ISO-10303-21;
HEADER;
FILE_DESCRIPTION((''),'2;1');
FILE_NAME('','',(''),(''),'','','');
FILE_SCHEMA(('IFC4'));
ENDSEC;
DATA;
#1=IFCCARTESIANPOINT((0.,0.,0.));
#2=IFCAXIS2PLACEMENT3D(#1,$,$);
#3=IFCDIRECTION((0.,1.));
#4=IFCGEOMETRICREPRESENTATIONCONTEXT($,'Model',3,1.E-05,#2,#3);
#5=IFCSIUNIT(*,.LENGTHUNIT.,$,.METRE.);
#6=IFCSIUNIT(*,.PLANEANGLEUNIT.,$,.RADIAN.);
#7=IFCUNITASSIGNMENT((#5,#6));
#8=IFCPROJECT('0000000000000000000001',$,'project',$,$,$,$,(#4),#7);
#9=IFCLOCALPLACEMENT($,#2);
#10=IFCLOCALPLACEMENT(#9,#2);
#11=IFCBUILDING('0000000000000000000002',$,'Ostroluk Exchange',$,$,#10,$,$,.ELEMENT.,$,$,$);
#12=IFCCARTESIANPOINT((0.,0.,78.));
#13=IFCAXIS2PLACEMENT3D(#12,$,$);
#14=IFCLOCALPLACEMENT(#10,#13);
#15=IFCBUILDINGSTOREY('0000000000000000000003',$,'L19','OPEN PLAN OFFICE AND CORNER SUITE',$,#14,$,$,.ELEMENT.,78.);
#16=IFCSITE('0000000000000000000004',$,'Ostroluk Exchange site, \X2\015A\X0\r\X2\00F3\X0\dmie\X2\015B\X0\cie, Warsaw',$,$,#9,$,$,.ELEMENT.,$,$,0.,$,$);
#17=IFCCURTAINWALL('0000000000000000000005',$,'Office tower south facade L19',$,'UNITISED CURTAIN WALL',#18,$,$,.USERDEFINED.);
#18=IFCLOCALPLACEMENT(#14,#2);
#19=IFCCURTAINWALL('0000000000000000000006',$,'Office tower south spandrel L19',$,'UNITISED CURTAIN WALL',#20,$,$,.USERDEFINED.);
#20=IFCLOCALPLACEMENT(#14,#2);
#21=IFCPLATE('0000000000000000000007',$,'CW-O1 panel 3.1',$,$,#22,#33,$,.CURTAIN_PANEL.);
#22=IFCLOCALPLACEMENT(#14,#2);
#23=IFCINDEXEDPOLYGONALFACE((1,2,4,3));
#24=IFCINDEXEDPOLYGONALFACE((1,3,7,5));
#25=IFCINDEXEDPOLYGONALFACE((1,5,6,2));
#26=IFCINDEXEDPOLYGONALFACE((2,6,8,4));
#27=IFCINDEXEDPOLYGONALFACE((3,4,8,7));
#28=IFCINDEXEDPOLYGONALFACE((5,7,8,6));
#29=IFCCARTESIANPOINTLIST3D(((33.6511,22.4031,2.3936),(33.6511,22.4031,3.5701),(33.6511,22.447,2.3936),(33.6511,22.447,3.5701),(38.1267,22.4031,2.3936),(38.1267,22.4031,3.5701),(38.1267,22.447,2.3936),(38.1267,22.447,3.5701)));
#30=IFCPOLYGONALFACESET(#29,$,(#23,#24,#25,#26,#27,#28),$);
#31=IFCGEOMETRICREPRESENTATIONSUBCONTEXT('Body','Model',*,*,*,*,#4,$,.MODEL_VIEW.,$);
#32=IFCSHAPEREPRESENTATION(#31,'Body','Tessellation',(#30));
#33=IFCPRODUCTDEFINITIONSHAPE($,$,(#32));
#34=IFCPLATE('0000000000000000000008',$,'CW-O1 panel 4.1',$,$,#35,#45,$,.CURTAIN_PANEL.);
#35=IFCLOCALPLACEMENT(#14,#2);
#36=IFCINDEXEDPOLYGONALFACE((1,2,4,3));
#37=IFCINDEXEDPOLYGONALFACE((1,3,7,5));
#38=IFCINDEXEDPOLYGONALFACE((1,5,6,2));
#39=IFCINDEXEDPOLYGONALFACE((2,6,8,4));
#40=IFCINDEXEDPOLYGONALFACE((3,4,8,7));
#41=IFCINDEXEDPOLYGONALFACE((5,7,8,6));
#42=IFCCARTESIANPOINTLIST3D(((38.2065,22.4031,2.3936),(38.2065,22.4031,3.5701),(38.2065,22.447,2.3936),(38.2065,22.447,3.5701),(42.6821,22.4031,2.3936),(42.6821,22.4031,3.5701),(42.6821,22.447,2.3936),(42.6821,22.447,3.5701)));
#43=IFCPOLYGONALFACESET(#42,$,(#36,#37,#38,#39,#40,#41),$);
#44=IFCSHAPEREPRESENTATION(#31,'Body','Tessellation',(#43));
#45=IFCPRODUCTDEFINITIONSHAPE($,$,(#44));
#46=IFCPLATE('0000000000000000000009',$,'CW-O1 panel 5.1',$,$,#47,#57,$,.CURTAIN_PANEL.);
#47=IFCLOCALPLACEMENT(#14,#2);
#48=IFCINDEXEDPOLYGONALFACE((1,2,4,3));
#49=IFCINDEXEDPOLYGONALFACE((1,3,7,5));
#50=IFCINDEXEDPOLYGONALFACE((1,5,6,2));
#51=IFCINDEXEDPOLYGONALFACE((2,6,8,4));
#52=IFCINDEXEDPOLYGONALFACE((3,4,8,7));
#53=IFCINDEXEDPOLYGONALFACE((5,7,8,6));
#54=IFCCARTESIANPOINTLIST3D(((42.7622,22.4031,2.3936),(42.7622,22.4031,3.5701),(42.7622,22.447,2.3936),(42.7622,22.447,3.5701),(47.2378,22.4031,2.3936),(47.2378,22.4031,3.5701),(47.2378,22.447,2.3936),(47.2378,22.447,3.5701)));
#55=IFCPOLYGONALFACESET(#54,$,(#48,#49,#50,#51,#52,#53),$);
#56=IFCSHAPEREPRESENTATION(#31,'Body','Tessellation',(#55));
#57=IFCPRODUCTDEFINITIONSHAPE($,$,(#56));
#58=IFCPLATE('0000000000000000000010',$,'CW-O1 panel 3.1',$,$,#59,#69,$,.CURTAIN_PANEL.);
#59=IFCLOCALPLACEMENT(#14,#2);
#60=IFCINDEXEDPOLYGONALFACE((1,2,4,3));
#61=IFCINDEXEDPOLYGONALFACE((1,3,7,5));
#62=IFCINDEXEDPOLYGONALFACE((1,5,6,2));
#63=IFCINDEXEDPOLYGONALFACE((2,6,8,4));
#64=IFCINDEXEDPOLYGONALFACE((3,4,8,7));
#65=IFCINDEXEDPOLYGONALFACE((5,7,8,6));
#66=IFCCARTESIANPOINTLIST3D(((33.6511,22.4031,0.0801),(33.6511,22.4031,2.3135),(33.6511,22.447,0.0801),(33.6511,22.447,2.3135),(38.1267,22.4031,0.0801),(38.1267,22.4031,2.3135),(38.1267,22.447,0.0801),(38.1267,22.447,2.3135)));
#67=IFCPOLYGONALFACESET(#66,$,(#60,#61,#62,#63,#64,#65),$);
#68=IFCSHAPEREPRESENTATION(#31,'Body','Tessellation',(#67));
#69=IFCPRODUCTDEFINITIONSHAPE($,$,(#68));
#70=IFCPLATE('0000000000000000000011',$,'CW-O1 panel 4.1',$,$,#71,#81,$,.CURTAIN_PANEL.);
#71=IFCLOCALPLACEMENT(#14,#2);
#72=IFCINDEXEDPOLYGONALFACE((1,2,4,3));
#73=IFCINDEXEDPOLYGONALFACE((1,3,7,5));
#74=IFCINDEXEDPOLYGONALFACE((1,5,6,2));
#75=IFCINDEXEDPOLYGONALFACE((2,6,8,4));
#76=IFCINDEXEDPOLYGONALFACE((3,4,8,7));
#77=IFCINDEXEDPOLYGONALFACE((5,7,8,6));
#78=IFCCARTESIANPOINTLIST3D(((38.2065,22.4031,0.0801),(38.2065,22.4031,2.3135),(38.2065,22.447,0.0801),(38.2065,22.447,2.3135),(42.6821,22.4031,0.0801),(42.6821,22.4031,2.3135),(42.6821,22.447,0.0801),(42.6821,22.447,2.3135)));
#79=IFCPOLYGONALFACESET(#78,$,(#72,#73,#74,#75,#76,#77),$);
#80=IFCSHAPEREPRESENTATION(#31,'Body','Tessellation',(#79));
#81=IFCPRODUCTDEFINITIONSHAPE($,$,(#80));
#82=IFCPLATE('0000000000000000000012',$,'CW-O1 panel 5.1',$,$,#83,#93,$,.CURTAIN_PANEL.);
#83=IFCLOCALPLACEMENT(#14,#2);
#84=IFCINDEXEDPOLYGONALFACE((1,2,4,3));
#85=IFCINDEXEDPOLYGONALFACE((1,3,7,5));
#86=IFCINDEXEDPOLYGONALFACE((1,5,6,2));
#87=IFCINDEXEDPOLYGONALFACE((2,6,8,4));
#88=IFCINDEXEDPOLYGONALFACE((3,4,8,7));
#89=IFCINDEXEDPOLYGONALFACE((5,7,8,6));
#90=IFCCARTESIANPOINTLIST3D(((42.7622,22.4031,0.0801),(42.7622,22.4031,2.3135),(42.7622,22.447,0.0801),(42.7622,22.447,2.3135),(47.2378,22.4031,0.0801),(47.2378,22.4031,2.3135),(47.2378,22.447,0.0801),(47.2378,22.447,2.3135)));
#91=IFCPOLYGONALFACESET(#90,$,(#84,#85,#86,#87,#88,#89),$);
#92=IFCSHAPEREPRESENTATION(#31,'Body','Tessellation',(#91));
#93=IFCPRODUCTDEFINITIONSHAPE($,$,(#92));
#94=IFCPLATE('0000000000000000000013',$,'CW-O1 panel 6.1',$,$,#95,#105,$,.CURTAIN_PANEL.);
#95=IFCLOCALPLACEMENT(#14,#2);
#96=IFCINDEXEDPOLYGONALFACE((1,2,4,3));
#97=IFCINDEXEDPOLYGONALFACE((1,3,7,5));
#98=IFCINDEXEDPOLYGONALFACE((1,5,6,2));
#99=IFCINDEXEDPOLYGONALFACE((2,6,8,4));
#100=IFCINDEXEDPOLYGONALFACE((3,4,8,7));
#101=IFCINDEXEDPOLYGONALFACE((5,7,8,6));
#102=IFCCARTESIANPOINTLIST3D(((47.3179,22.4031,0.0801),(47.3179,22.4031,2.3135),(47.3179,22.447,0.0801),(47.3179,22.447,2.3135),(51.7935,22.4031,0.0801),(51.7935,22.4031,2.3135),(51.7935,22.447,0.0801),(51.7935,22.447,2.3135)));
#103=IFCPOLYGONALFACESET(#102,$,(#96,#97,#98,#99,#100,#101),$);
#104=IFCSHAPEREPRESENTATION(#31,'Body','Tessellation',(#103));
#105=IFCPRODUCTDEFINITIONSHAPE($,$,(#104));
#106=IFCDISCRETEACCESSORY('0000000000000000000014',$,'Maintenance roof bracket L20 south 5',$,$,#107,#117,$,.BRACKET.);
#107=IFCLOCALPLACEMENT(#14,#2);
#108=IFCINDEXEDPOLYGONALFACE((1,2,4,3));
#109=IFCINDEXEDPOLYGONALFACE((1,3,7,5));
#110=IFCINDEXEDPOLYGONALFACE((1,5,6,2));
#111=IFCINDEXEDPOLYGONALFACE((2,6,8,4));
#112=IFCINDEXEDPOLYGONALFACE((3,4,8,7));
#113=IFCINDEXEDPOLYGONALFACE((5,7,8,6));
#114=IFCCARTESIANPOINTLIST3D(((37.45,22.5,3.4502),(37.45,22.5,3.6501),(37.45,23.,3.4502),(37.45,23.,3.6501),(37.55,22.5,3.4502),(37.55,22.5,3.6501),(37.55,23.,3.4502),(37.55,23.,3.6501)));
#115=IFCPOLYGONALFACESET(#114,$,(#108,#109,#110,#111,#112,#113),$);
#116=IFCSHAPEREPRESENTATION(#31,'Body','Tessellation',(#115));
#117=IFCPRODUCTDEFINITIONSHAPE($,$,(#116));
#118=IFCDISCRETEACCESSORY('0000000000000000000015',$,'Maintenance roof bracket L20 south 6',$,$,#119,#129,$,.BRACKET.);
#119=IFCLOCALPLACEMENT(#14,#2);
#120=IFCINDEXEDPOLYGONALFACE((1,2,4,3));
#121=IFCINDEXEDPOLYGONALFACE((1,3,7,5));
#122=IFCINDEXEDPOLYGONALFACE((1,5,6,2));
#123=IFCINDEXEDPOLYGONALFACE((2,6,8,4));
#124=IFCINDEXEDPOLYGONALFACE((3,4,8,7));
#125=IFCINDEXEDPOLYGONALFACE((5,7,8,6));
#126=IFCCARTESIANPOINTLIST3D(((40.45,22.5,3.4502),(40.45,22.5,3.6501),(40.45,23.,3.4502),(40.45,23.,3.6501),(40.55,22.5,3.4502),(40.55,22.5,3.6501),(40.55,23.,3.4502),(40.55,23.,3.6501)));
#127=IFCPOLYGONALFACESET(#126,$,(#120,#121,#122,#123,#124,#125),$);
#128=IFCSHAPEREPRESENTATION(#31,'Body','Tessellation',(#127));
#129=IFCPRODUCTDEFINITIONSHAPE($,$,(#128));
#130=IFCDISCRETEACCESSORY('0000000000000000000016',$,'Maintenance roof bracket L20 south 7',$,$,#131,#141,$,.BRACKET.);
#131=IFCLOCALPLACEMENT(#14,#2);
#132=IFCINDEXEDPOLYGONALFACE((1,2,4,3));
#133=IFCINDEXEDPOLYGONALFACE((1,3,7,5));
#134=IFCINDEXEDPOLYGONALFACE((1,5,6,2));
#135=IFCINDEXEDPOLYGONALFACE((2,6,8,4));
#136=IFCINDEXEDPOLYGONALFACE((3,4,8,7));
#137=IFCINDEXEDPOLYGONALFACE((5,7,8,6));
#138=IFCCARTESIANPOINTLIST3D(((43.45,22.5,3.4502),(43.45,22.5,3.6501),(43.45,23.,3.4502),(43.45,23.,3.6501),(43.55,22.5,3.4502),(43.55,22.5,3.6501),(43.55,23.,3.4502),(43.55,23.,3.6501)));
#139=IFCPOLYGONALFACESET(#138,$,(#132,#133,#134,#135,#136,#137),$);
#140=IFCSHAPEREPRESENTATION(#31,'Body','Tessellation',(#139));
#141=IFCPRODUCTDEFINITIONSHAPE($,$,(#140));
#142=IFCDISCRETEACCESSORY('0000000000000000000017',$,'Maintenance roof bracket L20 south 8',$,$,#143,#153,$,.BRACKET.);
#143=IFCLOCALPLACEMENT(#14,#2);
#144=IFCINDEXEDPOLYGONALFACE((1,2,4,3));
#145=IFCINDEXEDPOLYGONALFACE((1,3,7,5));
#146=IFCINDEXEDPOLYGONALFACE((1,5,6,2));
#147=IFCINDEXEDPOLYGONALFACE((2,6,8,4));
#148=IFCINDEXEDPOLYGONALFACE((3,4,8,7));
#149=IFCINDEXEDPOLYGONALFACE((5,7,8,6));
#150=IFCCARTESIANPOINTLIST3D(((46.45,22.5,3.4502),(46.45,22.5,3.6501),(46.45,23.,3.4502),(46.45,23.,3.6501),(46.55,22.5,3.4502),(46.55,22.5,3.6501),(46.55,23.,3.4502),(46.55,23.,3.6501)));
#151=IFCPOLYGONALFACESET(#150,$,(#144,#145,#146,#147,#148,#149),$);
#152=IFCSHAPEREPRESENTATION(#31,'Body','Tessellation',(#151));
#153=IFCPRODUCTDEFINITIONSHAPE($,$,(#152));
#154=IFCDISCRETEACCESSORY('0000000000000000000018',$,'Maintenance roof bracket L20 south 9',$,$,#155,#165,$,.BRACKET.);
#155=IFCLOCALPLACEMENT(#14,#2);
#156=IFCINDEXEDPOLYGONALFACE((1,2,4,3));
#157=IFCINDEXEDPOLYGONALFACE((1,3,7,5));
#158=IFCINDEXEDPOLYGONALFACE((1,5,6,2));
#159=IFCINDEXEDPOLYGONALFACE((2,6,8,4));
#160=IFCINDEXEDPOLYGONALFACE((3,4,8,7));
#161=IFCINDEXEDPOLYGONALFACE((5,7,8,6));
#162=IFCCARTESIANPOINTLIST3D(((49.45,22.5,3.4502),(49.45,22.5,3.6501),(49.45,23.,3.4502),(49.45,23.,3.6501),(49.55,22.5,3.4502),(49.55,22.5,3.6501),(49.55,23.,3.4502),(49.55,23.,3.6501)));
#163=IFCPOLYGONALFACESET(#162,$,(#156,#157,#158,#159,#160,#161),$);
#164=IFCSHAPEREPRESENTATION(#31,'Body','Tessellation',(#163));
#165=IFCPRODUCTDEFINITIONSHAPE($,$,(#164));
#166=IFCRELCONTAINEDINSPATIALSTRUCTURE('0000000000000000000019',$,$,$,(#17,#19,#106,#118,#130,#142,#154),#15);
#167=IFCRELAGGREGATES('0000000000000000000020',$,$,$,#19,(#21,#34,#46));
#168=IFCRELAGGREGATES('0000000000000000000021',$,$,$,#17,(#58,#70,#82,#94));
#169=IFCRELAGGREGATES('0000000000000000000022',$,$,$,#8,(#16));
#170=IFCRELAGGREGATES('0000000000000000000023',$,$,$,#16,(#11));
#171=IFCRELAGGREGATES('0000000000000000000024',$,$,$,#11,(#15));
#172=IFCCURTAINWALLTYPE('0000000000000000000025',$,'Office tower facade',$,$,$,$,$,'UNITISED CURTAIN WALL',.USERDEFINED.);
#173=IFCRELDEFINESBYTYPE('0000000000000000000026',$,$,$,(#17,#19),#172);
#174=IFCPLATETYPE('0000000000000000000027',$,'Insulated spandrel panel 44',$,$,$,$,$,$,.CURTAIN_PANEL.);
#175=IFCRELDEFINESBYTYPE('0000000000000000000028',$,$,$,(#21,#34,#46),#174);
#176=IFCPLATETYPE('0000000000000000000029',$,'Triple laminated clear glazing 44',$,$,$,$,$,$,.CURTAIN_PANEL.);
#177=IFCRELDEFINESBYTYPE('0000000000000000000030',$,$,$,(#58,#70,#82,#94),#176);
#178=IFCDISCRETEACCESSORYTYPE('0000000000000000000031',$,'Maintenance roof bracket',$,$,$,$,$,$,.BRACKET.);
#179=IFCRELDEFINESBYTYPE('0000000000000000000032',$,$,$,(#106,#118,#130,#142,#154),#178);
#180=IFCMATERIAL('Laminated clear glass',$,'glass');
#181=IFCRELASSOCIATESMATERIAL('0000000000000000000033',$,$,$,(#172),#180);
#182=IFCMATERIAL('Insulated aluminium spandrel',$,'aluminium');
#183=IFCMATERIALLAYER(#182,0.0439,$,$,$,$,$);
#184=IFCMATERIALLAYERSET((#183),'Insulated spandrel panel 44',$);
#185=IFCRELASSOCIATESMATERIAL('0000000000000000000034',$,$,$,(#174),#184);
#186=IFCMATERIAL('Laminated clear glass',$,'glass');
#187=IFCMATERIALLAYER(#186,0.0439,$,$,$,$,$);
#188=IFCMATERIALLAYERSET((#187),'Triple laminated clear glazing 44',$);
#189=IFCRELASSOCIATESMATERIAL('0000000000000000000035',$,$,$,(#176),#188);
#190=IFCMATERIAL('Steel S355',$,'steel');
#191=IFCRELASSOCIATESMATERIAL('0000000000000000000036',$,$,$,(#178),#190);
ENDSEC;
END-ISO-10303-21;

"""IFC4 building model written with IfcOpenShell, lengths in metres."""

from ifc_helpers import new_model, si_unit, direction, frame, origin, origin_2d, place, context, subcontext, project, spatial, rectangle, extrude, material, layer, layer_set, type_object, element, aggregate, save


model = new_model("IFC4")

# Units and contexts
model_context = context("Model", 3, precision=1e-05, world=origin(), true_north=direction((0.0, 1.0)))
body_context = subcontext(model_context, "Body", "Model", "MODEL_VIEW")
ifc_project = project(units=[si_unit("LENGTHUNIT", "METRE"), si_unit("PLANEANGLEUNIT", "RADIAN")], contexts=[model_context])

# Site, building, storey
site_placement = place(None, origin())
site = spatial("IfcSite", under=ifc_project, at=site_placement, Name="Ostroluk Exchange site, Śródmieście, Warsaw", CompositionType="ELEMENT", RefElevation=0.0)
building_placement = place(site_placement, origin())
building = spatial("IfcBuilding", under=site, at=building_placement, Name="Ostroluk Exchange", CompositionType="ELEMENT")
storey_placement = place(building_placement, frame((0.0, 0.0, 78.0)))
storey = spatial("IfcBuildingStorey", under=building, at=storey_placement, Name="L19", Description="OPEN PLAN OFFICE AND CORNER SUITE", CompositionType="ELEMENT", Elevation=78.0)

# Curtain walls
ifc_material_1 = material(Name="Laminated clear glass", Category="glass")
curtain_wall_type = type_object("IfcCurtainWallType", Name="Office tower facade", ElementType="UNITISED CURTAIN WALL", PredefinedType="USERDEFINED", material=ifc_material_1)
curtain_wall_1_placement = place(storey_placement, origin())
curtain_wall_1 = element("IfcCurtainWall", 1, at=curtain_wall_1_placement, inside=storey, type_object=curtain_wall_type, Name="Office tower south facade L19", ObjectType="UNITISED CURTAIN WALL", PredefinedType="USERDEFINED")
curtain_wall_2_placement = place(storey_placement, origin())
curtain_wall_2 = element("IfcCurtainWall", 2, at=curtain_wall_2_placement, inside=storey, type_object=curtain_wall_type, Name="Office tower south spandrel L19", ObjectType="UNITISED CURTAIN WALL", PredefinedType="USERDEFINED")

# Plates
ifc_material_2 = material(Name="Insulated aluminium spandrel", Category="aluminium")
ifc_layer_1 = layer(ifc_material_2, 0.0439)
ifc_layer_set_1 = layer_set([ifc_layer_1], Name="Insulated spandrel panel 44")
plate_type_1 = type_object("IfcPlateType", Name="Insulated spandrel panel 44", PredefinedType="CURTAIN_PANEL", material=ifc_layer_set_1)
plate_1_placement = place(storey_placement, frame((35.8889, 22.425, 2.3936), z_axis=(0.0, 0.0, 1.0), x_axis=(1.0, 0.0, 0.0)))
plate_1 = element("IfcPlate", 3, at=plate_1_placement, type_object=plate_type_1, Name="CW-O1 panel 3.1", PredefinedType="CURTAIN_PANEL", context=body_context, shape_type="SweptSolid", body=[
    extrude(rectangle(XDim=4.4756, YDim=0.0439, at=origin_2d()), origin(), (0.0, 0.0, 1.0), 1.1765),
])
plate_2_placement = place(storey_placement, frame((40.4443, 22.425, 2.3936), z_axis=(0.0, 0.0, 1.0), x_axis=(1.0, 0.0, 0.0)))
plate_2 = element("IfcPlate", 4, at=plate_2_placement, type_object=plate_type_1, Name="CW-O1 panel 4.1", PredefinedType="CURTAIN_PANEL", context=body_context, shape_type="SweptSolid", body=[
    extrude(rectangle(XDim=4.4756, YDim=0.0439, at=origin_2d()), origin(), (0.0, 0.0, 1.0), 1.1765),
])
plate_3_placement = place(storey_placement, frame((45.0, 22.425, 2.3936), z_axis=(0.0, 0.0, 1.0), x_axis=(1.0, 0.0, 0.0)))
plate_3 = element("IfcPlate", 5, at=plate_3_placement, type_object=plate_type_1, Name="CW-O1 panel 5.1", PredefinedType="CURTAIN_PANEL", context=body_context, shape_type="SweptSolid", body=[
    extrude(rectangle(XDim=4.4756, YDim=0.0439, at=origin_2d()), origin(), (0.0, 0.0, 1.0), 1.1765),
])
aggregate(curtain_wall_2, [plate_1, plate_2, plate_3])
ifc_material_3 = material(Name="Laminated clear glass", Category="glass")
ifc_layer_2 = layer(ifc_material_3, 0.0439)
ifc_layer_set_2 = layer_set([ifc_layer_2], Name="Triple laminated clear glazing 44")
plate_type_2 = type_object("IfcPlateType", Name="Triple laminated clear glazing 44", PredefinedType="CURTAIN_PANEL", material=ifc_layer_set_2)
plate_4_placement = place(storey_placement, frame((35.8889, 22.425, 0.0801), z_axis=(0.0, 0.0, 1.0), x_axis=(1.0, 0.0, 0.0)))
plate_4 = element("IfcPlate", 6, at=plate_4_placement, type_object=plate_type_2, Name="CW-O1 panel 3.1", PredefinedType="CURTAIN_PANEL", context=body_context, shape_type="SweptSolid", body=[
    extrude(rectangle(XDim=4.4756, YDim=0.0439, at=origin_2d()), origin(), (0.0, 0.0, 1.0), 2.2334),
])
plate_5_placement = place(storey_placement, frame((40.4443, 22.425, 0.0801), z_axis=(0.0, 0.0, 1.0), x_axis=(1.0, 0.0, 0.0)))
plate_5 = element("IfcPlate", 7, at=plate_5_placement, type_object=plate_type_2, Name="CW-O1 panel 4.1", PredefinedType="CURTAIN_PANEL", context=body_context, shape_type="SweptSolid", body=[
    extrude(rectangle(XDim=4.4756, YDim=0.0439, at=origin_2d()), origin(), (0.0, 0.0, 1.0), 2.2334),
])
plate_6_placement = place(storey_placement, frame((45.0, 22.425, 0.0801), z_axis=(0.0, 0.0, 1.0), x_axis=(1.0, 0.0, 0.0)))
plate_6 = element("IfcPlate", 8, at=plate_6_placement, type_object=plate_type_2, Name="CW-O1 panel 5.1", PredefinedType="CURTAIN_PANEL", context=body_context, shape_type="SweptSolid", body=[
    extrude(rectangle(XDim=4.4756, YDim=0.0439, at=origin_2d()), origin(), (0.0, 0.0, 1.0), 2.2334),
])
plate_7_placement = place(storey_placement, frame((49.5557, 22.425, 0.0801), z_axis=(0.0, 0.0, 1.0), x_axis=(1.0, 0.0, 0.0)))
plate_7 = element("IfcPlate", 9, at=plate_7_placement, type_object=plate_type_2, Name="CW-O1 panel 6.1", PredefinedType="CURTAIN_PANEL", context=body_context, shape_type="SweptSolid", body=[
    extrude(rectangle(XDim=4.4756, YDim=0.0439, at=origin_2d()), origin(), (0.0, 0.0, 1.0), 2.2334),
])
aggregate(curtain_wall_1, [plate_4, plate_5, plate_6, plate_7])

# Discrete accessories
ifc_material_4 = material(Name="Steel S355", Category="steel")
discrete_accessory_type = type_object("IfcDiscreteAccessoryType", Name="Maintenance roof bracket", PredefinedType="BRACKET", material=ifc_material_4)
for number, where, z_axis, x_axis, name in (
    (10, (37.5, 22.75, 3.4502), (0.0, 0.0, 1.0), (1.0, 0.0, 0.0), "Maintenance roof bracket L20 south 5"),
    (11, (40.5, 22.75, 3.4502), (0.0, 0.0, 1.0), (1.0, 0.0, 0.0), "Maintenance roof bracket L20 south 6"),
    (12, (43.5, 22.75, 3.4502), (0.0, 0.0, 1.0), (1.0, 0.0, 0.0), "Maintenance roof bracket L20 south 7"),
    (13, (46.5, 22.75, 3.4502), (0.0, 0.0, 1.0), (1.0, 0.0, 0.0), "Maintenance roof bracket L20 south 8"),
    (14, (49.5, 22.75, 3.4502), (0.0, 0.0, 1.0), (1.0, 0.0, 0.0), "Maintenance roof bracket L20 south 9"),
):
    element("IfcDiscreteAccessory", number, at=place(storey_placement, frame(where, z_axis=z_axis, x_axis=x_axis)), inside=storey, type_object=discrete_accessory_type, Name=name, PredefinedType="BRACKET", context=body_context, shape_type="SweptSolid", body=[
        extrude(rectangle(XDim=0.1001, YDim=0.5, at=origin_2d()), origin(), (0.0, 0.0, 1.0), 0.2),
    ])

save(model, "model.ifc")
